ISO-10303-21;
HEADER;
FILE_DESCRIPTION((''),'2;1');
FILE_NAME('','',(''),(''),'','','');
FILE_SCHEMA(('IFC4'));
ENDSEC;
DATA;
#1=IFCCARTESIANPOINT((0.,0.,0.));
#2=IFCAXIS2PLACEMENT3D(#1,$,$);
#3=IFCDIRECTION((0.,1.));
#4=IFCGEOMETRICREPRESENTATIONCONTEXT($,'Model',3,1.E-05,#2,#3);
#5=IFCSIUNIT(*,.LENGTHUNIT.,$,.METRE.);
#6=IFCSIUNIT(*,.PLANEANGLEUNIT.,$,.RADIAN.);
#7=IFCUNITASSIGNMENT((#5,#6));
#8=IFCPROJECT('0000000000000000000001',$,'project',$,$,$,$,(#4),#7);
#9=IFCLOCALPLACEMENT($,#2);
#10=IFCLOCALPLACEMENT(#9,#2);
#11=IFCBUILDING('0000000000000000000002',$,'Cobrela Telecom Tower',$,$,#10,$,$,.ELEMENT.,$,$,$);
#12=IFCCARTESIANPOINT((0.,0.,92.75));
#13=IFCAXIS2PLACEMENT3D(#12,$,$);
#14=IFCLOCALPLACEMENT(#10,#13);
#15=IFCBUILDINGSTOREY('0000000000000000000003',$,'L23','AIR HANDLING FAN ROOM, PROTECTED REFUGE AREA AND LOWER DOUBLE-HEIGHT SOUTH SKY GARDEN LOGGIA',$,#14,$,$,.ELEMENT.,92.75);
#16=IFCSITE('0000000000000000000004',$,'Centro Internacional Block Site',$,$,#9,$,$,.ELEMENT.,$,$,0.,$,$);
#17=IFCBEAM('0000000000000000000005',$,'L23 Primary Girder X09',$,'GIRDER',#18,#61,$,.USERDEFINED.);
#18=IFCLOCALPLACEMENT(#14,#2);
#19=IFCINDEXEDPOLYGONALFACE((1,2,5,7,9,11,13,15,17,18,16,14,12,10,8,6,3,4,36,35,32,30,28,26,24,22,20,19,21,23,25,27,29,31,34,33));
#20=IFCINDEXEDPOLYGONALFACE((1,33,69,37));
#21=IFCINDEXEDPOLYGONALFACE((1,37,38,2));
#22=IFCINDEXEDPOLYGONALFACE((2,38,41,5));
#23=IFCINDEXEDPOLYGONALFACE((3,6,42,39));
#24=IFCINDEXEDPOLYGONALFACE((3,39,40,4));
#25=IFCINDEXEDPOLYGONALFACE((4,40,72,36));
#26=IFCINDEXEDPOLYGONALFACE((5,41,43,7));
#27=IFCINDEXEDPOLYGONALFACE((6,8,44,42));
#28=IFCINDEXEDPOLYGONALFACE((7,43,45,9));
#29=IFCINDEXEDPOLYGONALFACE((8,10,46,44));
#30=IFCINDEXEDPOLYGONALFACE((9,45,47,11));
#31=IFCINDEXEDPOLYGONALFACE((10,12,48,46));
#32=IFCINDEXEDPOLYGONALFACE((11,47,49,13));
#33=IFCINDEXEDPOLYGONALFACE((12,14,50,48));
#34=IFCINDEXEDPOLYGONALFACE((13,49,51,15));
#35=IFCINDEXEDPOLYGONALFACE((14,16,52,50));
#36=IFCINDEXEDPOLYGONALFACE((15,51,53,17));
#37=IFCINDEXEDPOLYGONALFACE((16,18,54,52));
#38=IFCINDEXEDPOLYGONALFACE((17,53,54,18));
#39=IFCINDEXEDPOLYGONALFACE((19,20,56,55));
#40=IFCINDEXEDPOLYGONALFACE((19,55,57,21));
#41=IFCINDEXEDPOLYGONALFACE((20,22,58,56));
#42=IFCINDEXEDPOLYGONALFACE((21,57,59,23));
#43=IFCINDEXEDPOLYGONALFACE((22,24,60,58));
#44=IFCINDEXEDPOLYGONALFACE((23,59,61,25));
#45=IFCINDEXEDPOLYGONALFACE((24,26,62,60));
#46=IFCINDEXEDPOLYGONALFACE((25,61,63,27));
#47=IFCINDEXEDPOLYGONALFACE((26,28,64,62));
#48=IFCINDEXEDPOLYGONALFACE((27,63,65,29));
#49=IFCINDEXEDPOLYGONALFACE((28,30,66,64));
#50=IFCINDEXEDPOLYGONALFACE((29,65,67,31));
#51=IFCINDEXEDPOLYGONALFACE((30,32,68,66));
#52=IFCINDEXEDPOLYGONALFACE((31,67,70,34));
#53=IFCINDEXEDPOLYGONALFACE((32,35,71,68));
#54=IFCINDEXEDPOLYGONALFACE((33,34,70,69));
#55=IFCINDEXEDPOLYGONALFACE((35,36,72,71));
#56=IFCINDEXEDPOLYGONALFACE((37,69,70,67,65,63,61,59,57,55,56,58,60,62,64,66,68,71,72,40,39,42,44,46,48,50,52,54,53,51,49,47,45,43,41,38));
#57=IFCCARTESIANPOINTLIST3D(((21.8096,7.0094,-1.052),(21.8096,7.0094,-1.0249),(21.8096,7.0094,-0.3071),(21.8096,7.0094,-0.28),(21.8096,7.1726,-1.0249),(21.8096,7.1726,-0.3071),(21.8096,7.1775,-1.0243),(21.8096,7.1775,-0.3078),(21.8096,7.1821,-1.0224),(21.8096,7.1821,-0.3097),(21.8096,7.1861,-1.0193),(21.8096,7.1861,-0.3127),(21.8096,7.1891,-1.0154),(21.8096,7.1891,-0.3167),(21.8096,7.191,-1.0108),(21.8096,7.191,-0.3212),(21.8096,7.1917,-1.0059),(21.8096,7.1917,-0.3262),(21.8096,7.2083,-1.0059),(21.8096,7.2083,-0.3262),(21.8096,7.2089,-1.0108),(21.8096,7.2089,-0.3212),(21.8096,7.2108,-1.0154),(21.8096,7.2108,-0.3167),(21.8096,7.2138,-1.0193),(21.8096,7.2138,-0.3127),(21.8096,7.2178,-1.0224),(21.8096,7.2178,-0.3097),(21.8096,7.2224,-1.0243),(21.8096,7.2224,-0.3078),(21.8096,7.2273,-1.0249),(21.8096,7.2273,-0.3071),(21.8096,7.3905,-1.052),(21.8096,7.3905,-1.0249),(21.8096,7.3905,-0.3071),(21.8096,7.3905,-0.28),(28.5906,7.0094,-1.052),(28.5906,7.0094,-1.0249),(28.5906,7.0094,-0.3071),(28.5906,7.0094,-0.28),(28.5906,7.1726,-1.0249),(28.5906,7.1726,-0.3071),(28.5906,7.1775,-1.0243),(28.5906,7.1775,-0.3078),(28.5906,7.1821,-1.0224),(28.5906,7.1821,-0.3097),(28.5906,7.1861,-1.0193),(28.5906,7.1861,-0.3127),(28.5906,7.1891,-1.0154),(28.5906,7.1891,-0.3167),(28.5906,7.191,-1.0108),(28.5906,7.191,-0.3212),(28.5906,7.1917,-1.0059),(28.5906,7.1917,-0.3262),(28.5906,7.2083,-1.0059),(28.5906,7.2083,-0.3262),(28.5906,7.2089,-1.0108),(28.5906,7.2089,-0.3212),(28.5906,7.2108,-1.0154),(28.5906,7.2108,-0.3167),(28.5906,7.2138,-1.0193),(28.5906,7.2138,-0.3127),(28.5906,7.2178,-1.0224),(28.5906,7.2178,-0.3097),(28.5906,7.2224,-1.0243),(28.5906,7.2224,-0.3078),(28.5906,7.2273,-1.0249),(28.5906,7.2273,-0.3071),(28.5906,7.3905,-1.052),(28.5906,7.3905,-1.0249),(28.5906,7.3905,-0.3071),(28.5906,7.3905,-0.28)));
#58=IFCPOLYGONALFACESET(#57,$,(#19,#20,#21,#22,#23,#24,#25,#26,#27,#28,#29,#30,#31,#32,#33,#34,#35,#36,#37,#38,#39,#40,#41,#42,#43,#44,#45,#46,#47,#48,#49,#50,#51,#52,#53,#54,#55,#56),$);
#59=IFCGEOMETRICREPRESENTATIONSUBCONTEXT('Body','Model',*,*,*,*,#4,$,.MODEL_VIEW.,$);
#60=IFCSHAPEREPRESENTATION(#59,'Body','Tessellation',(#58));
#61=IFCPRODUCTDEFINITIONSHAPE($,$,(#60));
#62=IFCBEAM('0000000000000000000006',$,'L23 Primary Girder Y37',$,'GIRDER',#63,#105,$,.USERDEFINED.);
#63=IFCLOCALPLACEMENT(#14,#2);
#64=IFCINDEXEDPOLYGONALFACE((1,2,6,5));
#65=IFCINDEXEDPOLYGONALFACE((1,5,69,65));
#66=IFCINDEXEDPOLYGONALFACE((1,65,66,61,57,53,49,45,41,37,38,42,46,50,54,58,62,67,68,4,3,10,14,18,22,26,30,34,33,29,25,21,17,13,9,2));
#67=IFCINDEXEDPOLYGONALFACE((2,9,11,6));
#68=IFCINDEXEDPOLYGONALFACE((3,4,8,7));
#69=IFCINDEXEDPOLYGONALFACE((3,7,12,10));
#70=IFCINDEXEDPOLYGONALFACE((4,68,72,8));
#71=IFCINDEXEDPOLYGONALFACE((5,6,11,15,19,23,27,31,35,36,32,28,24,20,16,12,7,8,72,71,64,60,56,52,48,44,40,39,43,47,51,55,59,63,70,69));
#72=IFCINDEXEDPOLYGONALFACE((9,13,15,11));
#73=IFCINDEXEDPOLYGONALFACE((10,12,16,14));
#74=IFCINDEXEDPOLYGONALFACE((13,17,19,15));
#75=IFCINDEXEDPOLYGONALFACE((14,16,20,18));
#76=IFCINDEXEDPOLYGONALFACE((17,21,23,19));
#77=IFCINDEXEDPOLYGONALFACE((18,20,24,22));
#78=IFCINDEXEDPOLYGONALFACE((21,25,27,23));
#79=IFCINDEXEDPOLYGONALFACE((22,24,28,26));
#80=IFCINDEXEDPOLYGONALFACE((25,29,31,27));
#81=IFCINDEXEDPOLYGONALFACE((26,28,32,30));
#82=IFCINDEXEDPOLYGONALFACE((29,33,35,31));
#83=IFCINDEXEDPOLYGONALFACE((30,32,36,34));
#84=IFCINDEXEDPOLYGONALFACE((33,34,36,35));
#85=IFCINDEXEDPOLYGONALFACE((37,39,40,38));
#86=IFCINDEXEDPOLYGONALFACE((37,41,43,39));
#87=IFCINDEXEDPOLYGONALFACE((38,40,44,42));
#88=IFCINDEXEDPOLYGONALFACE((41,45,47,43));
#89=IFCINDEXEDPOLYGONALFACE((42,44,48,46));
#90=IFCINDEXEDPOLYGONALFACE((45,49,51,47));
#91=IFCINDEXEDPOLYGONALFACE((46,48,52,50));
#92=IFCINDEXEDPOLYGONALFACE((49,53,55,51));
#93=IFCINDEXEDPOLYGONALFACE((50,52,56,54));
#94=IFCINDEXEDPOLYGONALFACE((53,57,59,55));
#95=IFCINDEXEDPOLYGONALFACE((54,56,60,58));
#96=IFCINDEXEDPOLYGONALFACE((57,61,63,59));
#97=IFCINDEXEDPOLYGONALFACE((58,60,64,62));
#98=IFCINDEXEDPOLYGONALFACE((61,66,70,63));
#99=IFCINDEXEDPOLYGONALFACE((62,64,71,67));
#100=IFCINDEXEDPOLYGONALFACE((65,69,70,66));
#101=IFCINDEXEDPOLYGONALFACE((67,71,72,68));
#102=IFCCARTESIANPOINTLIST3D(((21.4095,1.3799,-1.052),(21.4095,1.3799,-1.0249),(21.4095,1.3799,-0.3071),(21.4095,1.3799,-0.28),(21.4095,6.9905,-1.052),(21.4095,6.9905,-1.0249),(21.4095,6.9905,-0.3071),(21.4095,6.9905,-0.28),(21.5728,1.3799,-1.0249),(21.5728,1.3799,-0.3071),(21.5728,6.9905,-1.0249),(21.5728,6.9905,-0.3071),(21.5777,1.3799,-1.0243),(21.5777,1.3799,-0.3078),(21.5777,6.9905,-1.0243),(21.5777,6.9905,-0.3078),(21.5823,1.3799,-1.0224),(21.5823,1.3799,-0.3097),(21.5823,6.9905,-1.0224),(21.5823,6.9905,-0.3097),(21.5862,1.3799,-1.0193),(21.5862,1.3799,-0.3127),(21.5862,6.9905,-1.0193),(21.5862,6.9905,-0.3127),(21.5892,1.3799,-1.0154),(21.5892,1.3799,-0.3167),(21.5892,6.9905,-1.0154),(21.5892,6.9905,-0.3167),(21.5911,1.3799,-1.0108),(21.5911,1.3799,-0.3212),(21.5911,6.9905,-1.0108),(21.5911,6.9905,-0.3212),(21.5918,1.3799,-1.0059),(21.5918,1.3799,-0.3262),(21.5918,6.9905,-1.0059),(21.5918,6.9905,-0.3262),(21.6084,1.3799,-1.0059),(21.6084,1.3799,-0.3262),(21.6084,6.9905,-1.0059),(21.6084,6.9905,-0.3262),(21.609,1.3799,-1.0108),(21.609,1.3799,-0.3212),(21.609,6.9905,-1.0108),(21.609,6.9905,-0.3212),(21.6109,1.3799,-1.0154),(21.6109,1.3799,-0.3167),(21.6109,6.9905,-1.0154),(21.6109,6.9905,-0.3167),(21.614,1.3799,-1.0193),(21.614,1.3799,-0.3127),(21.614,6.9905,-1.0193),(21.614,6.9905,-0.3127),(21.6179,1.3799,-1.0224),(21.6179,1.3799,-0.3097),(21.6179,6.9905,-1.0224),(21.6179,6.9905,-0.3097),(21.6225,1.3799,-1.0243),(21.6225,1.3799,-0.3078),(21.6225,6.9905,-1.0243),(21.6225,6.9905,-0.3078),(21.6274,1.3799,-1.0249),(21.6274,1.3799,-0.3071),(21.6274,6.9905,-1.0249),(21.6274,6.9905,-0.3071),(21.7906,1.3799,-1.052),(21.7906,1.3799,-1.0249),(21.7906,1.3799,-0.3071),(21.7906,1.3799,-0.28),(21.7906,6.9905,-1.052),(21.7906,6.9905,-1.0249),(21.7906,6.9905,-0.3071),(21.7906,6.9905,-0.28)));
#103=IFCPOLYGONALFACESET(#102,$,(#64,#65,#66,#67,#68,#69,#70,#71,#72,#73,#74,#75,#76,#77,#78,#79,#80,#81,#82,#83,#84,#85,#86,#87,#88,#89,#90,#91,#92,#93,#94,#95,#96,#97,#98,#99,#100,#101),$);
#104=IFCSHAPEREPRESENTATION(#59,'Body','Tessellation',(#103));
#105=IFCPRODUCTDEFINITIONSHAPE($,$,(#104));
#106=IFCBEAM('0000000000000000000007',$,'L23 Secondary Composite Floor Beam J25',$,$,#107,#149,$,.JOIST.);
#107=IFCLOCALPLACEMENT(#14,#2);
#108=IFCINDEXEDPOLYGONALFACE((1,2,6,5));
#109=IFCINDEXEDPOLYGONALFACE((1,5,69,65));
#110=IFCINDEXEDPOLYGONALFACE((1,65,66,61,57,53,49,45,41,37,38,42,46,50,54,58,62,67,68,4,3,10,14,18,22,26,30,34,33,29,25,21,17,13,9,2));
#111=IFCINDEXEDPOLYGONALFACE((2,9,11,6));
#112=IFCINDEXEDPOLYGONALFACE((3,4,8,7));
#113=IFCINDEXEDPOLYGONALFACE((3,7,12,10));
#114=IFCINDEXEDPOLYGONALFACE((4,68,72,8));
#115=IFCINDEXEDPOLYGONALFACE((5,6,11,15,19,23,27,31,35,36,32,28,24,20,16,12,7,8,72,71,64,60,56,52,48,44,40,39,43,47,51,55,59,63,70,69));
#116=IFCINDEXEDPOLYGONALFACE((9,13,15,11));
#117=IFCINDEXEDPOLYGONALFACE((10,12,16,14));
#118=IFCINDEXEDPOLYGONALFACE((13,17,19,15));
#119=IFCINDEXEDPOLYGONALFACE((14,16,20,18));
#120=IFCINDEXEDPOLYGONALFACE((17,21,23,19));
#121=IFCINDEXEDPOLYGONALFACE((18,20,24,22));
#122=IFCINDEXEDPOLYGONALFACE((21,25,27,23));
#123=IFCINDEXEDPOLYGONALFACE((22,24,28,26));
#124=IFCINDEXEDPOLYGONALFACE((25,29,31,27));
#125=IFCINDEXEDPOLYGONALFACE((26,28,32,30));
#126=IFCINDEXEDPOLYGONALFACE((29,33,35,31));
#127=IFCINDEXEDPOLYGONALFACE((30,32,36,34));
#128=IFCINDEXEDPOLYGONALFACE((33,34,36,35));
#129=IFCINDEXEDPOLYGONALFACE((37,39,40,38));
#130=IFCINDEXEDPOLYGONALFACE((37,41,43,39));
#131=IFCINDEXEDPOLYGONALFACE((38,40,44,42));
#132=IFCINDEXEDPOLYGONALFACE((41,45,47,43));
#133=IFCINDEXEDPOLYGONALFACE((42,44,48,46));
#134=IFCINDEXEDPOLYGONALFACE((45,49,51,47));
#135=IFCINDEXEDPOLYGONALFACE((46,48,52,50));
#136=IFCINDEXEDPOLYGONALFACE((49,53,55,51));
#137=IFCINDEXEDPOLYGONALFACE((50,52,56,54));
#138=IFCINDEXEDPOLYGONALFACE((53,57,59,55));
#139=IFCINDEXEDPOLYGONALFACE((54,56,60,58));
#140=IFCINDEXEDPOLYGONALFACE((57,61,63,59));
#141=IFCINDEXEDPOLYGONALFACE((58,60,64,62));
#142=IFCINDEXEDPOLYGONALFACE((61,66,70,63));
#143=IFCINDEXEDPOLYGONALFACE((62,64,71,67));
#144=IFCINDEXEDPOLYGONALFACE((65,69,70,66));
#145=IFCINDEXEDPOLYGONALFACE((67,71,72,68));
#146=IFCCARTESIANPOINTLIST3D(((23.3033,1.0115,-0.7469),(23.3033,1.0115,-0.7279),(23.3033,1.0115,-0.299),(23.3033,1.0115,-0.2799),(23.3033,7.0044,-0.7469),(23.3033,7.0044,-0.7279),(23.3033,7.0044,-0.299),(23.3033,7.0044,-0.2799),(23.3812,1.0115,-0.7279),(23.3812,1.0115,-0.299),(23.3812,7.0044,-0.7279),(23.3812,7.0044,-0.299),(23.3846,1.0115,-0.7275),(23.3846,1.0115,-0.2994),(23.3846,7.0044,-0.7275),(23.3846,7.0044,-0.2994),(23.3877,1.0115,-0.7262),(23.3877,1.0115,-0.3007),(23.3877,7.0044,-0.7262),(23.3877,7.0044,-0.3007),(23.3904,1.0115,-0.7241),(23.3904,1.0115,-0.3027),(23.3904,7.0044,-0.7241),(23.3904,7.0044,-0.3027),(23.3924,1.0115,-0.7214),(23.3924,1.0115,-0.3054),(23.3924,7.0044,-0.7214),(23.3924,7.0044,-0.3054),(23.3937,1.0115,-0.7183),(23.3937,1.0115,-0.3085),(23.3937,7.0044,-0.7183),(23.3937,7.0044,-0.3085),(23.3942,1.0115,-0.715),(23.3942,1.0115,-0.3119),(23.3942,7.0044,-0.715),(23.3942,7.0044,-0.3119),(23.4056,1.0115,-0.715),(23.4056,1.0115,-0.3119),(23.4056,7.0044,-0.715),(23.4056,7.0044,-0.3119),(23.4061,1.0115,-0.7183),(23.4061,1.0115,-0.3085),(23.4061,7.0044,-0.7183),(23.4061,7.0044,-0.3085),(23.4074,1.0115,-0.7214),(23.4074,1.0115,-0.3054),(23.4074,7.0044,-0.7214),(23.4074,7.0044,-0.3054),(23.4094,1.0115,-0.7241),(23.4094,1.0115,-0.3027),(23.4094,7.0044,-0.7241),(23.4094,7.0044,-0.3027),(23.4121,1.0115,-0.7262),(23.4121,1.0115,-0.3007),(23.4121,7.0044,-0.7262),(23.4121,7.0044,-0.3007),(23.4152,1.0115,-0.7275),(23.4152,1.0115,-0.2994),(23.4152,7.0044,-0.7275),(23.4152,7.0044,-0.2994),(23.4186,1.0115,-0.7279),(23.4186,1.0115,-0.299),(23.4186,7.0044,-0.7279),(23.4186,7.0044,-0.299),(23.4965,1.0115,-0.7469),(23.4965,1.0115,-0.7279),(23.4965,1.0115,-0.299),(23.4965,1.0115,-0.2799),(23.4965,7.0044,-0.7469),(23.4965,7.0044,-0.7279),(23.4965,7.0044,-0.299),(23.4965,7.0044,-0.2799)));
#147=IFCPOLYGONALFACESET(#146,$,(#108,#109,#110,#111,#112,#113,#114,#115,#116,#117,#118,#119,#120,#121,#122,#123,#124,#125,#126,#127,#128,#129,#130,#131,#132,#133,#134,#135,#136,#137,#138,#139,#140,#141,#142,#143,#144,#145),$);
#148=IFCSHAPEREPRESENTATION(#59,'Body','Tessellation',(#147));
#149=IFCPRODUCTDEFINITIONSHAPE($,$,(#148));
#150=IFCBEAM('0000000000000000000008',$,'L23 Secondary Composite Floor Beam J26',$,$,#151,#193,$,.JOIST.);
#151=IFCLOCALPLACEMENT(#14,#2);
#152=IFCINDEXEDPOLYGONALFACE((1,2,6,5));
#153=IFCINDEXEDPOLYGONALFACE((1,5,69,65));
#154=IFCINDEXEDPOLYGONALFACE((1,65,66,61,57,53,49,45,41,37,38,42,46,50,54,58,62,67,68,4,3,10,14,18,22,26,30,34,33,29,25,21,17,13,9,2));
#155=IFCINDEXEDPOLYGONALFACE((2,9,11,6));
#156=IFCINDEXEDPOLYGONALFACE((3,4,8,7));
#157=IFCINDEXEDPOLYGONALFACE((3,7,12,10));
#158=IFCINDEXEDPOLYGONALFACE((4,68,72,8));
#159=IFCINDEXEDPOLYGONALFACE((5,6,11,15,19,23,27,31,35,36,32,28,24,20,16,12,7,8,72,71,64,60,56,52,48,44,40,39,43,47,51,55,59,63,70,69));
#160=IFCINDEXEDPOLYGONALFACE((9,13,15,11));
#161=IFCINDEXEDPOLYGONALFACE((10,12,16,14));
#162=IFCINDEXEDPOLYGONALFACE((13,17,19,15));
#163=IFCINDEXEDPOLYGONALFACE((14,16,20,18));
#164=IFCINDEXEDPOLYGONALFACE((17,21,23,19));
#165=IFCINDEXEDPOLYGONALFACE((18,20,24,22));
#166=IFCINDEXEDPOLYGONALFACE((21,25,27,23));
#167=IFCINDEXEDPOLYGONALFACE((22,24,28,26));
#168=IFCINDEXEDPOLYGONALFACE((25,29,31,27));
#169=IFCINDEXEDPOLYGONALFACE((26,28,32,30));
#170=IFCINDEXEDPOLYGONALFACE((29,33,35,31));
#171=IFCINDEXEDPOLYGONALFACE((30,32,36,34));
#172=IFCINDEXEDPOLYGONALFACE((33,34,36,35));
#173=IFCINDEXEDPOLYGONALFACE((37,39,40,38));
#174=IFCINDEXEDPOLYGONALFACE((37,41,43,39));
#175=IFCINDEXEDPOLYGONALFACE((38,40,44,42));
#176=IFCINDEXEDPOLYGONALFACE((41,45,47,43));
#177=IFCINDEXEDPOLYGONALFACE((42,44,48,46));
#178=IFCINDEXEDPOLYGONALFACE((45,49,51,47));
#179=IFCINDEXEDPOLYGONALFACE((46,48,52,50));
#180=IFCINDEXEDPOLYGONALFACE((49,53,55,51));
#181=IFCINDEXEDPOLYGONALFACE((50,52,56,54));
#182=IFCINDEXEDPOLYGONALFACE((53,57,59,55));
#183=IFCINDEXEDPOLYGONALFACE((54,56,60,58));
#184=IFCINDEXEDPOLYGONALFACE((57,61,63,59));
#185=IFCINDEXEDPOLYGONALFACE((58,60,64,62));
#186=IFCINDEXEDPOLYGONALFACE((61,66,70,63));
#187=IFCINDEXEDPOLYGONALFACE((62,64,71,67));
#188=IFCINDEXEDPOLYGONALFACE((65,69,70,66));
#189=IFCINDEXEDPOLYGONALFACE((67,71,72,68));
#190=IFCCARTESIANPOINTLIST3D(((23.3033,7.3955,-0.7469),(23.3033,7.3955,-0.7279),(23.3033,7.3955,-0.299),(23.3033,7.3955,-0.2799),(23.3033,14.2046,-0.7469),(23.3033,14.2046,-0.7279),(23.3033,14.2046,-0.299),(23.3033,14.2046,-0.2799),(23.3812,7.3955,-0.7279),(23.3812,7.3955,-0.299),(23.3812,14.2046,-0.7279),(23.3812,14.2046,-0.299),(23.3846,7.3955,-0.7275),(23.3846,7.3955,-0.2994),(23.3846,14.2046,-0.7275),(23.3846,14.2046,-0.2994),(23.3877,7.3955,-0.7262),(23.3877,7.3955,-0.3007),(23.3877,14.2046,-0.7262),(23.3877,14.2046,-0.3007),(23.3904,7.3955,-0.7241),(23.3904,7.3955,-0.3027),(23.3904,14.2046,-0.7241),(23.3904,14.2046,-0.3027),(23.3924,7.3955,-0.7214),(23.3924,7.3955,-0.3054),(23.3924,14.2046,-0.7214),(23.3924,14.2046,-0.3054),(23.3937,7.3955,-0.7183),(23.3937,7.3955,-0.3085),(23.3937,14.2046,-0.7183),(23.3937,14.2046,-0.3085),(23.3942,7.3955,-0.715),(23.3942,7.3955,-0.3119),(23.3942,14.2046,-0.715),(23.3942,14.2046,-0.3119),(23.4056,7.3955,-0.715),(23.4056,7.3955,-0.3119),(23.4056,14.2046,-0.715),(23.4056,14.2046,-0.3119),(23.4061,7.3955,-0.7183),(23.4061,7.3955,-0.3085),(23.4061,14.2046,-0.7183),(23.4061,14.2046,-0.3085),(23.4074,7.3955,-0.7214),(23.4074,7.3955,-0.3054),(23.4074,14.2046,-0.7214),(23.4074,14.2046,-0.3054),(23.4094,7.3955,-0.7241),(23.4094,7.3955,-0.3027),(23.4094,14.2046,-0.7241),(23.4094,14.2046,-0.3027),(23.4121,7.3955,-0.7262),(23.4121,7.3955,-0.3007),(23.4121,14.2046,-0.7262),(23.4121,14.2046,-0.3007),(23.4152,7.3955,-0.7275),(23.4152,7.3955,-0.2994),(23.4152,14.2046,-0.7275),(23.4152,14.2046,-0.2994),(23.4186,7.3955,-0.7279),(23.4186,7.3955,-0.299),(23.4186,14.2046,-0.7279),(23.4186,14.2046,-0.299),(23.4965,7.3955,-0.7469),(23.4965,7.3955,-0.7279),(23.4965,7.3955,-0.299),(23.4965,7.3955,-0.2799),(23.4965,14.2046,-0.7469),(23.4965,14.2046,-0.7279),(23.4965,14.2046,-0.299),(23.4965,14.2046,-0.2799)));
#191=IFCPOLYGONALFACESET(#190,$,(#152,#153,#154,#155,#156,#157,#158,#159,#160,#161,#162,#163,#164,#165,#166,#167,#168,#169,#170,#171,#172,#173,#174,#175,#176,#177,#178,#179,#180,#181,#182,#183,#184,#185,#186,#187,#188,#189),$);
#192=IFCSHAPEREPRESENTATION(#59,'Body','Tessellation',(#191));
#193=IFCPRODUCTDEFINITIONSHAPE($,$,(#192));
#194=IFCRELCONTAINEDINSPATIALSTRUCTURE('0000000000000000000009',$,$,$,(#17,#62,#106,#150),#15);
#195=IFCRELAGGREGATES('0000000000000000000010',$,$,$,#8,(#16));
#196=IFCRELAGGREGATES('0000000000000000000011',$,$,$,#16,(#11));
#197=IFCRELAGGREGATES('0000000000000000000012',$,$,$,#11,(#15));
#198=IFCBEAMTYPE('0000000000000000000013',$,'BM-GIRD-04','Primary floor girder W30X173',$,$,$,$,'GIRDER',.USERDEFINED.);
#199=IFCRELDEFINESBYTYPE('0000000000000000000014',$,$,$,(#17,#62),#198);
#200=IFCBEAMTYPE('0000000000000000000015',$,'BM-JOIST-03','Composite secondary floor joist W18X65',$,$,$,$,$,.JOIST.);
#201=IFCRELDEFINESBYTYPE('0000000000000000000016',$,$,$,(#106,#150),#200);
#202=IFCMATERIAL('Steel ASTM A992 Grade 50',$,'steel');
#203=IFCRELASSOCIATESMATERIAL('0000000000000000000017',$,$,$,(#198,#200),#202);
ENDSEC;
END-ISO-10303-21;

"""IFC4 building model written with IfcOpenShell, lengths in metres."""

from ifc_helpers import new_model, si_unit, direction, frame, origin, origin_2d, place, context, subcontext, project, spatial, i_section, extrude, material, material_profile, profile_set, type_object, element, save


model = new_model("IFC4")

# Units and contexts
model_context = context("Model", 3, precision=1e-05, world=origin(), true_north=direction((0.0, 1.0)))
body_context = subcontext(model_context, "Body", "Model", "MODEL_VIEW")
ifc_project = project(units=[si_unit("LENGTHUNIT", "METRE"), si_unit("PLANEANGLEUNIT", "RADIAN")], contexts=[model_context])

# Site, building, storey
site_placement = place(None, origin())
site = spatial("IfcSite", under=ifc_project, at=site_placement, Name="Centro Internacional Block Site", CompositionType="ELEMENT", RefElevation=0.0)
building_placement = place(site_placement, origin())
building = spatial("IfcBuilding", under=site, at=building_placement, Name="Cobrela Telecom Tower", CompositionType="ELEMENT")
storey_placement = place(building_placement, frame((0.0, 0.0, 92.75)))
storey = spatial("IfcBuildingStorey", under=building, at=storey_placement, Name="L23", Description="AIR HANDLING FAN ROOM, PROTECTED REFUGE AREA AND LOWER DOUBLE-HEIGHT SOUTH SKY GARDEN LOGGIA", CompositionType="ELEMENT", Elevation=92.75)

# Beams
ifc_material_1 = material(Name="Steel ASTM A992 Grade 50", Category="steel")
ifc_material_profile_1 = material_profile(ifc_material_1, i_section(OverallWidth=0.3811, OverallDepth=0.772, WebThickness=0.0166, FlangeThickness=0.0271, FilletRadius=0.019, at=origin_2d()), Name="W30X173")
ifc_profile_set_1 = profile_set([ifc_material_profile_1], Name="Steel ASTM A992 Grade 50")
beam_type_1 = type_object("IfcBeamType", Name="BM-GIRD-04", Description="Primary floor girder W30X173", ElementType="GIRDER", PredefinedType="USERDEFINED", material=ifc_profile_set_1)
beam_1_placement = place(storey_placement, frame((21.8096, 7.2, -0.666), z_axis=(1.0, 0.0, 0.0), x_axis=(0.0, 1.0, 0.0)))
element("IfcBeam", 1, at=beam_1_placement, inside=storey, type_object=beam_type_1, Name="L23 Primary Girder X09", ObjectType="GIRDER", PredefinedType="USERDEFINED", context=body_context, shape_type="SweptSolid", body=[
    extrude(i_section(OverallWidth=0.3811, OverallDepth=0.772, WebThickness=0.0166, FlangeThickness=0.0271, FilletRadius=0.019, at=origin_2d()), origin(), (0.0, 0.0, 1.0), 6.781),
])
beam_2_placement = place(storey_placement, frame((21.6001, 1.3799, -0.666), z_axis=(0.0, 1.0, 0.0), x_axis=(-1.0, 0.0, 0.0)))
element("IfcBeam", 2, at=beam_2_placement, inside=storey, type_object=beam_type_1, Name="L23 Primary Girder Y37", ObjectType="GIRDER", PredefinedType="USERDEFINED", context=body_context, shape_type="SweptSolid", body=[
    extrude(i_section(OverallWidth=0.3811, OverallDepth=0.772, WebThickness=0.0166, FlangeThickness=0.0271, FilletRadius=0.019, at=origin_2d()), origin(), (0.0, 0.0, 1.0), 5.6106),
])
ifc_material_profile_2 = material_profile(ifc_material_1, i_section(OverallWidth=0.1931, OverallDepth=0.467, WebThickness=0.0115, FlangeThickness=0.019, FilletRadius=0.0129, at=origin_2d()), Name="W18X65")
ifc_profile_set_2 = profile_set([ifc_material_profile_2], Name="Steel ASTM A992 Grade 50")
beam_type_2 = type_object("IfcBeamType", Name="BM-JOIST-03", Description="Composite secondary floor joist W18X65", PredefinedType="JOIST", material=ifc_profile_set_2)
beam_3_placement = place(storey_placement, frame((23.3999, 1.0115, -0.5134), z_axis=(0.0, 1.0, 0.0), x_axis=(-1.0, 0.0, 0.0)))
element("IfcBeam", 3, at=beam_3_placement, inside=storey, type_object=beam_type_2, Name="L23 Secondary Composite Floor Beam J25", PredefinedType="JOIST", context=body_context, shape_type="SweptSolid", body=[
    extrude(i_section(OverallWidth=0.1931, OverallDepth=0.467, WebThickness=0.0115, FlangeThickness=0.019, FilletRadius=0.0129, at=origin_2d()), origin(), (0.0, 0.0, 1.0), 5.9929),
])
beam_4_placement = place(storey_placement, frame((23.3999, 7.3955, -0.5134), z_axis=(0.0, 1.0, 0.0), x_axis=(-1.0, 0.0, 0.0)))
element("IfcBeam", 4, at=beam_4_placement, inside=storey, type_object=beam_type_2, Name="L23 Secondary Composite Floor Beam J26", PredefinedType="JOIST", context=body_context, shape_type="SweptSolid", body=[
    extrude(i_section(OverallWidth=0.1931, OverallDepth=0.467, WebThickness=0.0115, FlangeThickness=0.019, FilletRadius=0.0129, at=origin_2d()), origin(), (0.0, 0.0, 1.0), 6.8091),
])

save(model, "model.ifc")
